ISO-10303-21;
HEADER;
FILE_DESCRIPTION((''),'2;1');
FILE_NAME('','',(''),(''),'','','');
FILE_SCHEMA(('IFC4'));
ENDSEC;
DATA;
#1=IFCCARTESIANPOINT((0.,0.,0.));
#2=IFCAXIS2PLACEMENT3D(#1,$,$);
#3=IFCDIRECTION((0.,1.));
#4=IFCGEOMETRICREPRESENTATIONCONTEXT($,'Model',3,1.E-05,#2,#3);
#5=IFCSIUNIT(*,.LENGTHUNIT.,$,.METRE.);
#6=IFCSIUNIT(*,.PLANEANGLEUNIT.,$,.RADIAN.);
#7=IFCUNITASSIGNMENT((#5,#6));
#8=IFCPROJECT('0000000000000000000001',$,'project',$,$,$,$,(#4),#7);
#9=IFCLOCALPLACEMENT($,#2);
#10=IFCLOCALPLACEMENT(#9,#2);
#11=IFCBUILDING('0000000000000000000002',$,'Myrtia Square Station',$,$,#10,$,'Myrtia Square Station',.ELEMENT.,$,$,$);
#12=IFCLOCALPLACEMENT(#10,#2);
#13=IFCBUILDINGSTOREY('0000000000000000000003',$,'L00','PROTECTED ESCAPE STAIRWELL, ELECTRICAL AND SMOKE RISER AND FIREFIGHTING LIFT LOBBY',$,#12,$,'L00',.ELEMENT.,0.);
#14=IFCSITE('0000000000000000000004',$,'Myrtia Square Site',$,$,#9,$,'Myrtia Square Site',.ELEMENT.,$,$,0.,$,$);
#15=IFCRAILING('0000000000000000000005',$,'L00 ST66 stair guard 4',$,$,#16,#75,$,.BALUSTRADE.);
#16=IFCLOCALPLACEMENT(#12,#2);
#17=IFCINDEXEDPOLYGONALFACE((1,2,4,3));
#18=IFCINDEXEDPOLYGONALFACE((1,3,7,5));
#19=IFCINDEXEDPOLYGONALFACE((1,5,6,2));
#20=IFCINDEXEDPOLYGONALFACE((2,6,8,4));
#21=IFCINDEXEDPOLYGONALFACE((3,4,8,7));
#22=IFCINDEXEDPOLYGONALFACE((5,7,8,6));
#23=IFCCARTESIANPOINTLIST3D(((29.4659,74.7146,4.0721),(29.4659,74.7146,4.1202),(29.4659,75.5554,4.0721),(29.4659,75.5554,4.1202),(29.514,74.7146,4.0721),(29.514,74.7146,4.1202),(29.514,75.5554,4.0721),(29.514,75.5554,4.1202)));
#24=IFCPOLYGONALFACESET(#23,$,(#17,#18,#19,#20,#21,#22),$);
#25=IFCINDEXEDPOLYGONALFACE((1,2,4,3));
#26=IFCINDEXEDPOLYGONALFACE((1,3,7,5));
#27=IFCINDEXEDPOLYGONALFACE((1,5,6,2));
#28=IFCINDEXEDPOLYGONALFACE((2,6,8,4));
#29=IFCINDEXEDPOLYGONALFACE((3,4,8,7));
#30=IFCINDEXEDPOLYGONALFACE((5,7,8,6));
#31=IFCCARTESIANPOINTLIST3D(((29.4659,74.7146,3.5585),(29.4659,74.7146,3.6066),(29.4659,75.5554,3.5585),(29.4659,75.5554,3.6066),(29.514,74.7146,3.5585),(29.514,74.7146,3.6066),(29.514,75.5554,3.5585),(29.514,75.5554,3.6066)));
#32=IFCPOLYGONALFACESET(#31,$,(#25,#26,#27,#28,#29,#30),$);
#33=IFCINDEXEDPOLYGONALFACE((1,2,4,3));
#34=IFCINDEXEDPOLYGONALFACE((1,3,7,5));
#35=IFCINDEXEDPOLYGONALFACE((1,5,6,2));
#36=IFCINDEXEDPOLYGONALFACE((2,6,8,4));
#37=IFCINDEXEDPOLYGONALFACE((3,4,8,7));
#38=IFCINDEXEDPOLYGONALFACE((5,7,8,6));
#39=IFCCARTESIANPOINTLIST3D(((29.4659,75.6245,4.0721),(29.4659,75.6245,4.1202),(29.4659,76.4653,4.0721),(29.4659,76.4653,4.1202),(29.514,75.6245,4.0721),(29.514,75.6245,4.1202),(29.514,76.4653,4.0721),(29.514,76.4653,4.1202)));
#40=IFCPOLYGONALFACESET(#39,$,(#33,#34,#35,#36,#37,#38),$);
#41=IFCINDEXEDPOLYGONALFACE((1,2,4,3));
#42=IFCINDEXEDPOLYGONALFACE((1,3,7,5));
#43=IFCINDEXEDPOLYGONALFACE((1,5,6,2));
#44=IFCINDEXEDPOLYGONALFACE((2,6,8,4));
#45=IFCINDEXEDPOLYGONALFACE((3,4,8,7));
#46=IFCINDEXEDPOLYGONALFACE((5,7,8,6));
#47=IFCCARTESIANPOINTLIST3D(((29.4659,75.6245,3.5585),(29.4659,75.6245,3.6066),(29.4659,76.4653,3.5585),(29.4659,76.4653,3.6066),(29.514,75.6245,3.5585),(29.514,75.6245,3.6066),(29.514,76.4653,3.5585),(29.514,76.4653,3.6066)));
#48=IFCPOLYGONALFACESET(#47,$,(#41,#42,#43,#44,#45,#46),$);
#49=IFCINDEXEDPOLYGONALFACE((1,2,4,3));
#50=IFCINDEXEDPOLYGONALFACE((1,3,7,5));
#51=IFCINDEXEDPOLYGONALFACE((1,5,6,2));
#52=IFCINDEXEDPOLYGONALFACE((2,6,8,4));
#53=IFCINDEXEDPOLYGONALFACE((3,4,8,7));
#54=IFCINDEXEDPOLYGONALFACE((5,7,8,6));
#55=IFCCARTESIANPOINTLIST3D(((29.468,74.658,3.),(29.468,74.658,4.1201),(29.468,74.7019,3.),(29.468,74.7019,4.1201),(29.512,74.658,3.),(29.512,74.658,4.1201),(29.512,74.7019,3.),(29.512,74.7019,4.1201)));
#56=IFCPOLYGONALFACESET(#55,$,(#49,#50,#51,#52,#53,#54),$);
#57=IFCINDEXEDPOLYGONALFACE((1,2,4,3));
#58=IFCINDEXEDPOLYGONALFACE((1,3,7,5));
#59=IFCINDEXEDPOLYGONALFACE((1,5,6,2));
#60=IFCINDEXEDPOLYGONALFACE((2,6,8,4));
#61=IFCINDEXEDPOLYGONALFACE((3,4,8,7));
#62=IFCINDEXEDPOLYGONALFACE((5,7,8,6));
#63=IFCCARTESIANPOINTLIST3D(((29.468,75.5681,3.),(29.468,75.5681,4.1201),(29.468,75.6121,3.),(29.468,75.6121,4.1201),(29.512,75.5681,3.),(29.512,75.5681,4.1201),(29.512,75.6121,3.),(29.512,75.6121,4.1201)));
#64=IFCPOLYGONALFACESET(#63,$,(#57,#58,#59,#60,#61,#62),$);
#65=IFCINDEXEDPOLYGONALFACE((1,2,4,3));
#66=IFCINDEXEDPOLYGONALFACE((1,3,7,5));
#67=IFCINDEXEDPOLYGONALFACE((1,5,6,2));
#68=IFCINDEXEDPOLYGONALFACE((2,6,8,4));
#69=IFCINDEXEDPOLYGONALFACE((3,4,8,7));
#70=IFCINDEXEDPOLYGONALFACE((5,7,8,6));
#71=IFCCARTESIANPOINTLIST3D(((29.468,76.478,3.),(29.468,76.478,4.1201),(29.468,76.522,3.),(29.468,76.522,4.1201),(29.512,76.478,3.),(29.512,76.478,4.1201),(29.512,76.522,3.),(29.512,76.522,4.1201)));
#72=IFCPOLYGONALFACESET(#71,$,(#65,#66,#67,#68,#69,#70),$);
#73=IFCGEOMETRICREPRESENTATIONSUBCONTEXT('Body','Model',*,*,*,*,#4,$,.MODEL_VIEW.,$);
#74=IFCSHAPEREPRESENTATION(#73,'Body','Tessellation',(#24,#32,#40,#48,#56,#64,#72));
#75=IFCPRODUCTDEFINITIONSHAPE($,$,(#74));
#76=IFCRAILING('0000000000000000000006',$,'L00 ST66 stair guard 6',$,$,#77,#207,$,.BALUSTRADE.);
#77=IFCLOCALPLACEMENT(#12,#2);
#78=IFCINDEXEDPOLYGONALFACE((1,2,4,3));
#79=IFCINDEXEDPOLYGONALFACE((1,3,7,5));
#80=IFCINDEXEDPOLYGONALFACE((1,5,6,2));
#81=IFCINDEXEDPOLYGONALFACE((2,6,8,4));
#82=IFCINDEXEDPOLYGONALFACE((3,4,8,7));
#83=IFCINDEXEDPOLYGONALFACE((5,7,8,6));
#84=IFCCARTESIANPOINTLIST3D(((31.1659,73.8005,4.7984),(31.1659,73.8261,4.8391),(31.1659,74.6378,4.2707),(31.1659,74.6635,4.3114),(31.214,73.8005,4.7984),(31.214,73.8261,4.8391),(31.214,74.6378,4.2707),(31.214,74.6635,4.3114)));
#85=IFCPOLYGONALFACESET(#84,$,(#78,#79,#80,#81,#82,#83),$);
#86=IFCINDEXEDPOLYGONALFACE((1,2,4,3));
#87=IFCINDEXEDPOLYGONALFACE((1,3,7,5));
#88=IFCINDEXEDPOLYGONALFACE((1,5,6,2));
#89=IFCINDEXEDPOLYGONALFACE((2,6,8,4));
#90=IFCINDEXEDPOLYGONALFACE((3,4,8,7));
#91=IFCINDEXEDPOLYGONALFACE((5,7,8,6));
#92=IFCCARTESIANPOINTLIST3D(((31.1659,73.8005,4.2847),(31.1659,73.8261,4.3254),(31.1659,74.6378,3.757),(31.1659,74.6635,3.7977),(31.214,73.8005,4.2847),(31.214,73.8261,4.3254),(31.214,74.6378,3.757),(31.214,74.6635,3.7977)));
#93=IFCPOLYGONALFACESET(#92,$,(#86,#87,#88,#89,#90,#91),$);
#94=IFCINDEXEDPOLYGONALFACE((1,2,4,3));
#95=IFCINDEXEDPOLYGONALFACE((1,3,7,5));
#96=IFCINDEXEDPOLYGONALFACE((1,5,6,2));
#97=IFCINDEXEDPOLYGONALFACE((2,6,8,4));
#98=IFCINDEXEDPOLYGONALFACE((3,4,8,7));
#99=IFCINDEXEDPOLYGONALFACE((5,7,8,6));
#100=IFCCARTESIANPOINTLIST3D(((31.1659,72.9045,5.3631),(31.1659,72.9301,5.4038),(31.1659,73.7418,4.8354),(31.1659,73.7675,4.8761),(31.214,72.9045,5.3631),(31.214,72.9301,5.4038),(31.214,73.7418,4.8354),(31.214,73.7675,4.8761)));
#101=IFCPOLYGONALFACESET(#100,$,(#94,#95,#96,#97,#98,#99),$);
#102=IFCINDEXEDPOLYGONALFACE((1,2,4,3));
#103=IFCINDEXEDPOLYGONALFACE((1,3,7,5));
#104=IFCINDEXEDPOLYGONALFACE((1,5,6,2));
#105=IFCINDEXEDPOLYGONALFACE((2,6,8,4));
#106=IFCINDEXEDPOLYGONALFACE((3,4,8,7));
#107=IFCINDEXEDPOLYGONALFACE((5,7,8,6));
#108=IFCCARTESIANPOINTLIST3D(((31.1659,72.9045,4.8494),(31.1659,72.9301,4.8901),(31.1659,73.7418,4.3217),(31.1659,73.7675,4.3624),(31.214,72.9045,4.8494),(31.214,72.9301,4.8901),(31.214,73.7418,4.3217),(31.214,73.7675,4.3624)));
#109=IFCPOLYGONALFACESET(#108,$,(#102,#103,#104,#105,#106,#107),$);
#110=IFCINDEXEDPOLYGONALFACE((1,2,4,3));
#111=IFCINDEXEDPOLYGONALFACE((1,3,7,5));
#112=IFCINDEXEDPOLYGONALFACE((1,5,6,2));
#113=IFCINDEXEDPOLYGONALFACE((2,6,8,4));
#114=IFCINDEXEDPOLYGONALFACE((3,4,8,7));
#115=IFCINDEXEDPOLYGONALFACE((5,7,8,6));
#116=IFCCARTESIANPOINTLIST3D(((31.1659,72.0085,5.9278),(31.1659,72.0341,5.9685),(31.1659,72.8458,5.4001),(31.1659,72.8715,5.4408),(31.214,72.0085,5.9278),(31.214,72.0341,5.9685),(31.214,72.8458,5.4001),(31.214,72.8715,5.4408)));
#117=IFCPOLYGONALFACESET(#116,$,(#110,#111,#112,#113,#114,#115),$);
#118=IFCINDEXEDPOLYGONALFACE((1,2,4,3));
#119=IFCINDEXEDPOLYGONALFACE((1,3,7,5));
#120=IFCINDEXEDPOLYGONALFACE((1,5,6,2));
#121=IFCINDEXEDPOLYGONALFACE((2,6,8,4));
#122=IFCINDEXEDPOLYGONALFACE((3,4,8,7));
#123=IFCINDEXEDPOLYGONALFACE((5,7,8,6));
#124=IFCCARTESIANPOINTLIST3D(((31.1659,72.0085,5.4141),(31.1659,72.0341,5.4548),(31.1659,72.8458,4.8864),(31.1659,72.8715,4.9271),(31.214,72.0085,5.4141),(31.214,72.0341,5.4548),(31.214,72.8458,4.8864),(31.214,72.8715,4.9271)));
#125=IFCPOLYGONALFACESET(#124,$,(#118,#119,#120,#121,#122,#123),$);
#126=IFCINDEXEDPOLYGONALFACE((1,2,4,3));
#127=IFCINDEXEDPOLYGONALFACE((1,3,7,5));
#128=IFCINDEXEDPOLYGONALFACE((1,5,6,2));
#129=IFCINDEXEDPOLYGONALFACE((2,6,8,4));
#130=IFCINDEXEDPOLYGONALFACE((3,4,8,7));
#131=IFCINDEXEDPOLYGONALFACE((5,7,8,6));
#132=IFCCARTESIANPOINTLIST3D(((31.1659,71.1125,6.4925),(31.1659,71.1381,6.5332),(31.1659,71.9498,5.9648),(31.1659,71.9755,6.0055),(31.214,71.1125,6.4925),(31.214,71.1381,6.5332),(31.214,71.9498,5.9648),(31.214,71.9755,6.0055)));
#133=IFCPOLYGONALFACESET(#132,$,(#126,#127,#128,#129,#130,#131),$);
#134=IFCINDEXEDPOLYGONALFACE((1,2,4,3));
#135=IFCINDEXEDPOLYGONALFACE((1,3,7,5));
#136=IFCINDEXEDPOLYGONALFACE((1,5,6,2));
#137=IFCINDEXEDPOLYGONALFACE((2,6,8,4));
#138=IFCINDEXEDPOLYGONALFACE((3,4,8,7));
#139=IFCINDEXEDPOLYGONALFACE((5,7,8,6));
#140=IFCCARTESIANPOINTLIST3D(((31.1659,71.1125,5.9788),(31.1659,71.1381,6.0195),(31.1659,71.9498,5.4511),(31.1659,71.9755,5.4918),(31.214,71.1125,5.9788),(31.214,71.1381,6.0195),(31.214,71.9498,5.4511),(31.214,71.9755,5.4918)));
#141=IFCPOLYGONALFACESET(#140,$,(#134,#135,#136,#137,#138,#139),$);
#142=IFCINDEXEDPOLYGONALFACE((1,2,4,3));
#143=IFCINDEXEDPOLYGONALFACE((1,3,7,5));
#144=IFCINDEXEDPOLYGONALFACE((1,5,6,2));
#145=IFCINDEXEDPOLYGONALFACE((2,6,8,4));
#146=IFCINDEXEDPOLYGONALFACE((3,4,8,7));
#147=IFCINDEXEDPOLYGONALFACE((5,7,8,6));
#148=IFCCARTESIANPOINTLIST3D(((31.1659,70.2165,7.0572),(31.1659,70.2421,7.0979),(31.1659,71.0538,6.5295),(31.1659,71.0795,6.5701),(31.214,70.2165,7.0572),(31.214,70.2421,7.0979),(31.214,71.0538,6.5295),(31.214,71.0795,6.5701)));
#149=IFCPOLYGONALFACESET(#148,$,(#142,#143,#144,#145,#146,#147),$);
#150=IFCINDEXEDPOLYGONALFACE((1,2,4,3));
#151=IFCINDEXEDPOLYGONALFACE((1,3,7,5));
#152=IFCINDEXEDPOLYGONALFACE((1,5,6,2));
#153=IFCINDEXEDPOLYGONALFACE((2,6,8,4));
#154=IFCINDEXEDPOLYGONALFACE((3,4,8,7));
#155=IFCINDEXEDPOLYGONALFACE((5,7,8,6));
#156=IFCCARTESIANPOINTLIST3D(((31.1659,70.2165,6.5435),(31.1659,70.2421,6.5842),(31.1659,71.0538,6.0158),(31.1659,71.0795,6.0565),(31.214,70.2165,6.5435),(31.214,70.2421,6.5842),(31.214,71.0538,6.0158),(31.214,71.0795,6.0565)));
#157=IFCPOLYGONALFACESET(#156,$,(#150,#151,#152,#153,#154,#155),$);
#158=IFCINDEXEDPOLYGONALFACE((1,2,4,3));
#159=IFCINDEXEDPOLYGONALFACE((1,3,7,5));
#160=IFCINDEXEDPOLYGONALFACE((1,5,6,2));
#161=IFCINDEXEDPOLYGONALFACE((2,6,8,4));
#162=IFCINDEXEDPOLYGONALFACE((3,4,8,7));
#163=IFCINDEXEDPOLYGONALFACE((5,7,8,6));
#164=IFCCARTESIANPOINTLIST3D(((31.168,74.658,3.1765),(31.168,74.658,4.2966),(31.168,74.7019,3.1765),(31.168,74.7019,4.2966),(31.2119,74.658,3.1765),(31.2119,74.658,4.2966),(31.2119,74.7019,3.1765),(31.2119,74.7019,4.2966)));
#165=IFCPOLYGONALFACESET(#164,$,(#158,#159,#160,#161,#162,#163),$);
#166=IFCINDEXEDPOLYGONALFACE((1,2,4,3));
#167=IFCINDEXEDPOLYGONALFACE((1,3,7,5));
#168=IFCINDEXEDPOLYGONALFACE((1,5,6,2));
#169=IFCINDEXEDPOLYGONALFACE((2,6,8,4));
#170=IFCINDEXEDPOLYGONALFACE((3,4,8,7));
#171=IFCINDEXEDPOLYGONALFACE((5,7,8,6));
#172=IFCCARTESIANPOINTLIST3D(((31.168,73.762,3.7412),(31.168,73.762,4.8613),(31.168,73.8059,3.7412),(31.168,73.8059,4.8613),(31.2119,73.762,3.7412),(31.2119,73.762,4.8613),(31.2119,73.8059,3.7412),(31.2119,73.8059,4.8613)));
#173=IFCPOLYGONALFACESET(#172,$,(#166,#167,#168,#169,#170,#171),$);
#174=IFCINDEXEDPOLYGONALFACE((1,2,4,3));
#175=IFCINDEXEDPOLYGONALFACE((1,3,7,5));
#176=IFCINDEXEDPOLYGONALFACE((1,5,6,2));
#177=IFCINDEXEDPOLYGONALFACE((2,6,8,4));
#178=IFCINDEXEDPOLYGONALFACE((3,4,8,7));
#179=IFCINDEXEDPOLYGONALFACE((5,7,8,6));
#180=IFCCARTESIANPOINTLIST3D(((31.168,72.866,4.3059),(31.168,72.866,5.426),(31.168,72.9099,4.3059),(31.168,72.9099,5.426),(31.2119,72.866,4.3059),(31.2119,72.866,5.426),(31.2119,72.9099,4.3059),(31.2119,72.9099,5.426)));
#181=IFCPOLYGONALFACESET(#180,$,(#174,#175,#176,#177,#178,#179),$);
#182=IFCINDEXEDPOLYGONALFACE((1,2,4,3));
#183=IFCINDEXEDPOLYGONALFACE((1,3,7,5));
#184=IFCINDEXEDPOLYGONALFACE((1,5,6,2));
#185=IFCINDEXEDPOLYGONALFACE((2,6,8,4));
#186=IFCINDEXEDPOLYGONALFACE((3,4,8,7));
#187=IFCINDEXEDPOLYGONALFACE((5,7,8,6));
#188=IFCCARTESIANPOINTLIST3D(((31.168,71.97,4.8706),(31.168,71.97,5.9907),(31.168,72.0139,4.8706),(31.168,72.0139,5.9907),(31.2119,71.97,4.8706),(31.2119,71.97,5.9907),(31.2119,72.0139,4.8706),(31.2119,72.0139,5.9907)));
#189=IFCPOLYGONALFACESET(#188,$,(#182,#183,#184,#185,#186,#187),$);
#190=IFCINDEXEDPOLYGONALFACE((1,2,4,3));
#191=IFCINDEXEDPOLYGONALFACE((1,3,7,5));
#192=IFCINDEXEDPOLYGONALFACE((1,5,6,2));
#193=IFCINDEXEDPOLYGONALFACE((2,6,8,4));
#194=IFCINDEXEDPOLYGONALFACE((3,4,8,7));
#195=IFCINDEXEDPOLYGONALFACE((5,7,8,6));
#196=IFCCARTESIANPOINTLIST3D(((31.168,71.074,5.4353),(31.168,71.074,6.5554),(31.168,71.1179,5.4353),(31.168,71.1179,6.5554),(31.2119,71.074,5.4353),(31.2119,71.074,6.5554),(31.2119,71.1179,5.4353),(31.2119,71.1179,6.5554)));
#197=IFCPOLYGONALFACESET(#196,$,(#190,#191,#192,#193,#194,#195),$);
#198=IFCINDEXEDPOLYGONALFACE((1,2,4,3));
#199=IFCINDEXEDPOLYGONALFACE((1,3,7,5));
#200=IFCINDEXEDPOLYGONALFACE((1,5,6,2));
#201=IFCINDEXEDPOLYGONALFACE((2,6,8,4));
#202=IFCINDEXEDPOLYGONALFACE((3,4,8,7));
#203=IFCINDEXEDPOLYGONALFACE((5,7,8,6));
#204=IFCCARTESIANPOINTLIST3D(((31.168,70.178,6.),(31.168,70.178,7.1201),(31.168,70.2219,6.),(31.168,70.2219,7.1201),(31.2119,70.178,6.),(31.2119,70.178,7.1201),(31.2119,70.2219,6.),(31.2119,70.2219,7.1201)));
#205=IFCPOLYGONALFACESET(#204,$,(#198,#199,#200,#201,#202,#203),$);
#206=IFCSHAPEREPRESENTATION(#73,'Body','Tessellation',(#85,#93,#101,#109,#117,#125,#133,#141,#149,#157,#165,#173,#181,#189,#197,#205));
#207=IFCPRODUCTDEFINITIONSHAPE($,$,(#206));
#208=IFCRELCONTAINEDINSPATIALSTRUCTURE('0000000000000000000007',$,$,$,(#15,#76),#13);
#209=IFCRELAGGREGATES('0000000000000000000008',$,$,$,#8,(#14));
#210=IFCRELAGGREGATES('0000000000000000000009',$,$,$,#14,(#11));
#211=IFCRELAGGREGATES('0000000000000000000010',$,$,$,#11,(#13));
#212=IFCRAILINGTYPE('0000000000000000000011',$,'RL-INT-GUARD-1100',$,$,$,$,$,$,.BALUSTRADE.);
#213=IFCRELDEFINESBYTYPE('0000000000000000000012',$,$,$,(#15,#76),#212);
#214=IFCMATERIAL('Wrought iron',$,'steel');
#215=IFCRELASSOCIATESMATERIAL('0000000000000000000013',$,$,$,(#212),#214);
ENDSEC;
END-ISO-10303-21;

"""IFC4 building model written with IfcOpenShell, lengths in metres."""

from ifc_helpers import new_model, si_unit, direction, frame, origin, origin_2d, place, context, subcontext, project, spatial, rectangle, extrude, material, type_object, element, save


model = new_model("IFC4")

# Units and contexts
model_context = context("Model", 3, precision=1e-05, world=origin(), true_north=direction((0.0, 1.0)))
body_context = subcontext(model_context, "Body", "Model", "MODEL_VIEW")
ifc_project = project(units=[si_unit("LENGTHUNIT", "METRE"), si_unit("PLANEANGLEUNIT", "RADIAN")], contexts=[model_context])

# Site, building, storey
site_placement = place(None, origin())
site = spatial("IfcSite", under=ifc_project, at=site_placement, Name="Myrtia Square Site", LongName="Myrtia Square Site", CompositionType="ELEMENT", RefElevation=0.0)
building_placement = place(site_placement, origin())
building = spatial("IfcBuilding", under=site, at=building_placement, Name="Myrtia Square Station", LongName="Myrtia Square Station", CompositionType="ELEMENT")
storey_placement = place(building_placement, origin())
storey = spatial("IfcBuildingStorey", under=building, at=storey_placement, Name="L00", Description="PROTECTED ESCAPE STAIRWELL, ELECTRICAL AND SMOKE RISER AND FIREFIGHTING LIFT LOBBY", LongName="L00", CompositionType="ELEMENT", Elevation=0.0)

# Railings
ifc_material_1 = material(Name="Wrought iron", Category="steel")
railing_type_1 = type_object("IfcRailingType", Name="RL-INT-GUARD-1100", PredefinedType="BALUSTRADE", material=ifc_material_1)
railing_1_placement = place(storey_placement, frame((29.49, 74.6799, 3.0)))
element("IfcRailing", 1, at=railing_1_placement, inside=storey, type_object=railing_type_1, Name="L00 ST66 stair guard 4", PredefinedType="BALUSTRADE", context=body_context, shape_type="SweptSolid", body=[
    extrude(rectangle(XDim=0.0481, YDim=0.0481, at=origin_2d()), frame((0.0, 0.0347, 1.0962), z_axis=(0.0, 1.0, 0.0), x_axis=(-1.0, 0.0, 0.0)), (0.0, 0.0, 1.0), 0.8408),
    extrude(rectangle(XDim=0.0481, YDim=0.0481, at=origin_2d()), frame((0.0, 0.0347, 0.5825), z_axis=(0.0, 1.0, 0.0), x_axis=(-1.0, 0.0, 0.0)), (0.0, 0.0, 1.0), 0.8408),
    extrude(rectangle(XDim=0.0481, YDim=0.0481, at=origin_2d()), frame((0.0, 0.9446, 1.0962), z_axis=(0.0, 1.0, 0.0), x_axis=(-1.0, 0.0, 0.0)), (0.0, 0.0, 1.0), 0.8408),
    extrude(rectangle(XDim=0.0481, YDim=0.0481, at=origin_2d()), frame((0.0, 0.9446, 0.5825), z_axis=(0.0, 1.0, 0.0), x_axis=(-1.0, 0.0, 0.0)), (0.0, 0.0, 1.0), 0.8408),
    extrude(rectangle(XDim=0.0439, YDim=0.0439, at=origin_2d()), origin(), (0.0, 0.0, 1.0), 1.1201),
    extrude(rectangle(XDim=0.0439, YDim=0.0439, at=origin_2d()), frame((0.0, 0.9102, 0.0)), (0.0, 0.0, 1.0), 1.1201),
    extrude(rectangle(XDim=0.0439, YDim=0.0439, at=origin_2d()), frame((0.0, 1.8201, 0.0)), (0.0, 0.0, 1.0), 1.1201),
])
railing_2_placement = place(storey_placement, frame((31.1899, 74.6799, 3.1765)))
element("IfcRailing", 2, at=railing_2_placement, inside=storey, type_object=railing_type_1, Name="L00 ST66 stair guard 6", PredefinedType="BALUSTRADE", context=body_context, shape_type="SweptSolid", body=[
    extrude(rectangle(XDim=0.0481, YDim=0.0481, at=origin_2d()), frame((0.0, -0.0293, 1.1145), z_axis=(0.0, -0.845998, 0.533186), x_axis=(1.0, 0.0, 0.0)), (0.0, 0.0, 1.0), 0.9897),
    extrude(rectangle(XDim=0.0481, YDim=0.0481, at=origin_2d()), frame((0.0, -0.0293, 0.6008), z_axis=(0.0, -0.845998, 0.533186), x_axis=(1.0, 0.0, 0.0)), (0.0, 0.0, 1.0), 0.9897),
    extrude(rectangle(XDim=0.0481, YDim=0.0481, at=origin_2d()), frame((0.0, -0.9253, 1.6792), z_axis=(0.0, -0.845998, 0.533186), x_axis=(1.0, 0.0, 0.0)), (0.0, 0.0, 1.0), 0.9897),
    extrude(rectangle(XDim=0.0481, YDim=0.0481, at=origin_2d()), frame((0.0, -0.9253, 1.1655), z_axis=(0.0, -0.845998, 0.533186), x_axis=(1.0, 0.0, 0.0)), (0.0, 0.0, 1.0), 0.9897),
    extrude(rectangle(XDim=0.0481, YDim=0.0481, at=origin_2d()), frame((0.0, -1.8213, 2.2439), z_axis=(0.0, -0.845998, 0.533186), x_axis=(1.0, 0.0, 0.0)), (0.0, 0.0, 1.0), 0.9897),
    extrude(rectangle(XDim=0.0481, YDim=0.0481, at=origin_2d()), frame((0.0, -1.8213, 1.7302), z_axis=(0.0, -0.845998, 0.533186), x_axis=(1.0, 0.0, 0.0)), (0.0, 0.0, 1.0), 0.9897),
    extrude(rectangle(XDim=0.0481, YDim=0.0481, at=origin_2d()), frame((0.0, -2.7173, 2.8086), z_axis=(0.0, -0.845998, 0.533186), x_axis=(1.0, 0.0, 0.0)), (0.0, 0.0, 1.0), 0.9897),
    extrude(rectangle(XDim=0.0481, YDim=0.0481, at=origin_2d()), frame((0.0, -2.7173, 2.2949), z_axis=(0.0, -0.845998, 0.533186), x_axis=(1.0, 0.0, 0.0)), (0.0, 0.0, 1.0), 0.9897),
    extrude(rectangle(XDim=0.0481, YDim=0.0481, at=origin_2d()), frame((0.0, -3.6133, 3.3733), z_axis=(0.0, -0.845998, 0.533186), x_axis=(1.0, 0.0, 0.0)), (0.0, 0.0, 1.0), 0.9897),
    extrude(rectangle(XDim=0.0481, YDim=0.0481, at=origin_2d()), frame((0.0, -3.6133, 2.8596), z_axis=(0.0, -0.845998, 0.533186), x_axis=(1.0, 0.0, 0.0)), (0.0, 0.0, 1.0), 0.9897),
    extrude(rectangle(XDim=0.0439, YDim=0.0439, at=origin_2d()), origin(), (0.0, 0.0, 1.0), 1.1201),
    extrude(rectangle(XDim=0.0439, YDim=0.0439, at=origin_2d()), frame((0.0, -0.896, 0.5647)), (0.0, 0.0, 1.0), 1.1201),
    extrude(rectangle(XDim=0.0439, YDim=0.0439, at=origin_2d()), frame((0.0, -1.792, 1.1294)), (0.0, 0.0, 1.0), 1.1201),
    extrude(rectangle(XDim=0.0439, YDim=0.0439, at=origin_2d()), frame((0.0, -2.688, 1.6941)), (0.0, 0.0, 1.0), 1.1201),
    extrude(rectangle(XDim=0.0439, YDim=0.0439, at=origin_2d()), frame((0.0, -3.584, 2.2588)), (0.0, 0.0, 1.0), 1.1201),
    extrude(rectangle(XDim=0.0439, YDim=0.0439, at=origin_2d()), frame((0.0, -4.48, 2.8235)), (0.0, 0.0, 1.0), 1.1201),
])

save(model, "model.ifc")
